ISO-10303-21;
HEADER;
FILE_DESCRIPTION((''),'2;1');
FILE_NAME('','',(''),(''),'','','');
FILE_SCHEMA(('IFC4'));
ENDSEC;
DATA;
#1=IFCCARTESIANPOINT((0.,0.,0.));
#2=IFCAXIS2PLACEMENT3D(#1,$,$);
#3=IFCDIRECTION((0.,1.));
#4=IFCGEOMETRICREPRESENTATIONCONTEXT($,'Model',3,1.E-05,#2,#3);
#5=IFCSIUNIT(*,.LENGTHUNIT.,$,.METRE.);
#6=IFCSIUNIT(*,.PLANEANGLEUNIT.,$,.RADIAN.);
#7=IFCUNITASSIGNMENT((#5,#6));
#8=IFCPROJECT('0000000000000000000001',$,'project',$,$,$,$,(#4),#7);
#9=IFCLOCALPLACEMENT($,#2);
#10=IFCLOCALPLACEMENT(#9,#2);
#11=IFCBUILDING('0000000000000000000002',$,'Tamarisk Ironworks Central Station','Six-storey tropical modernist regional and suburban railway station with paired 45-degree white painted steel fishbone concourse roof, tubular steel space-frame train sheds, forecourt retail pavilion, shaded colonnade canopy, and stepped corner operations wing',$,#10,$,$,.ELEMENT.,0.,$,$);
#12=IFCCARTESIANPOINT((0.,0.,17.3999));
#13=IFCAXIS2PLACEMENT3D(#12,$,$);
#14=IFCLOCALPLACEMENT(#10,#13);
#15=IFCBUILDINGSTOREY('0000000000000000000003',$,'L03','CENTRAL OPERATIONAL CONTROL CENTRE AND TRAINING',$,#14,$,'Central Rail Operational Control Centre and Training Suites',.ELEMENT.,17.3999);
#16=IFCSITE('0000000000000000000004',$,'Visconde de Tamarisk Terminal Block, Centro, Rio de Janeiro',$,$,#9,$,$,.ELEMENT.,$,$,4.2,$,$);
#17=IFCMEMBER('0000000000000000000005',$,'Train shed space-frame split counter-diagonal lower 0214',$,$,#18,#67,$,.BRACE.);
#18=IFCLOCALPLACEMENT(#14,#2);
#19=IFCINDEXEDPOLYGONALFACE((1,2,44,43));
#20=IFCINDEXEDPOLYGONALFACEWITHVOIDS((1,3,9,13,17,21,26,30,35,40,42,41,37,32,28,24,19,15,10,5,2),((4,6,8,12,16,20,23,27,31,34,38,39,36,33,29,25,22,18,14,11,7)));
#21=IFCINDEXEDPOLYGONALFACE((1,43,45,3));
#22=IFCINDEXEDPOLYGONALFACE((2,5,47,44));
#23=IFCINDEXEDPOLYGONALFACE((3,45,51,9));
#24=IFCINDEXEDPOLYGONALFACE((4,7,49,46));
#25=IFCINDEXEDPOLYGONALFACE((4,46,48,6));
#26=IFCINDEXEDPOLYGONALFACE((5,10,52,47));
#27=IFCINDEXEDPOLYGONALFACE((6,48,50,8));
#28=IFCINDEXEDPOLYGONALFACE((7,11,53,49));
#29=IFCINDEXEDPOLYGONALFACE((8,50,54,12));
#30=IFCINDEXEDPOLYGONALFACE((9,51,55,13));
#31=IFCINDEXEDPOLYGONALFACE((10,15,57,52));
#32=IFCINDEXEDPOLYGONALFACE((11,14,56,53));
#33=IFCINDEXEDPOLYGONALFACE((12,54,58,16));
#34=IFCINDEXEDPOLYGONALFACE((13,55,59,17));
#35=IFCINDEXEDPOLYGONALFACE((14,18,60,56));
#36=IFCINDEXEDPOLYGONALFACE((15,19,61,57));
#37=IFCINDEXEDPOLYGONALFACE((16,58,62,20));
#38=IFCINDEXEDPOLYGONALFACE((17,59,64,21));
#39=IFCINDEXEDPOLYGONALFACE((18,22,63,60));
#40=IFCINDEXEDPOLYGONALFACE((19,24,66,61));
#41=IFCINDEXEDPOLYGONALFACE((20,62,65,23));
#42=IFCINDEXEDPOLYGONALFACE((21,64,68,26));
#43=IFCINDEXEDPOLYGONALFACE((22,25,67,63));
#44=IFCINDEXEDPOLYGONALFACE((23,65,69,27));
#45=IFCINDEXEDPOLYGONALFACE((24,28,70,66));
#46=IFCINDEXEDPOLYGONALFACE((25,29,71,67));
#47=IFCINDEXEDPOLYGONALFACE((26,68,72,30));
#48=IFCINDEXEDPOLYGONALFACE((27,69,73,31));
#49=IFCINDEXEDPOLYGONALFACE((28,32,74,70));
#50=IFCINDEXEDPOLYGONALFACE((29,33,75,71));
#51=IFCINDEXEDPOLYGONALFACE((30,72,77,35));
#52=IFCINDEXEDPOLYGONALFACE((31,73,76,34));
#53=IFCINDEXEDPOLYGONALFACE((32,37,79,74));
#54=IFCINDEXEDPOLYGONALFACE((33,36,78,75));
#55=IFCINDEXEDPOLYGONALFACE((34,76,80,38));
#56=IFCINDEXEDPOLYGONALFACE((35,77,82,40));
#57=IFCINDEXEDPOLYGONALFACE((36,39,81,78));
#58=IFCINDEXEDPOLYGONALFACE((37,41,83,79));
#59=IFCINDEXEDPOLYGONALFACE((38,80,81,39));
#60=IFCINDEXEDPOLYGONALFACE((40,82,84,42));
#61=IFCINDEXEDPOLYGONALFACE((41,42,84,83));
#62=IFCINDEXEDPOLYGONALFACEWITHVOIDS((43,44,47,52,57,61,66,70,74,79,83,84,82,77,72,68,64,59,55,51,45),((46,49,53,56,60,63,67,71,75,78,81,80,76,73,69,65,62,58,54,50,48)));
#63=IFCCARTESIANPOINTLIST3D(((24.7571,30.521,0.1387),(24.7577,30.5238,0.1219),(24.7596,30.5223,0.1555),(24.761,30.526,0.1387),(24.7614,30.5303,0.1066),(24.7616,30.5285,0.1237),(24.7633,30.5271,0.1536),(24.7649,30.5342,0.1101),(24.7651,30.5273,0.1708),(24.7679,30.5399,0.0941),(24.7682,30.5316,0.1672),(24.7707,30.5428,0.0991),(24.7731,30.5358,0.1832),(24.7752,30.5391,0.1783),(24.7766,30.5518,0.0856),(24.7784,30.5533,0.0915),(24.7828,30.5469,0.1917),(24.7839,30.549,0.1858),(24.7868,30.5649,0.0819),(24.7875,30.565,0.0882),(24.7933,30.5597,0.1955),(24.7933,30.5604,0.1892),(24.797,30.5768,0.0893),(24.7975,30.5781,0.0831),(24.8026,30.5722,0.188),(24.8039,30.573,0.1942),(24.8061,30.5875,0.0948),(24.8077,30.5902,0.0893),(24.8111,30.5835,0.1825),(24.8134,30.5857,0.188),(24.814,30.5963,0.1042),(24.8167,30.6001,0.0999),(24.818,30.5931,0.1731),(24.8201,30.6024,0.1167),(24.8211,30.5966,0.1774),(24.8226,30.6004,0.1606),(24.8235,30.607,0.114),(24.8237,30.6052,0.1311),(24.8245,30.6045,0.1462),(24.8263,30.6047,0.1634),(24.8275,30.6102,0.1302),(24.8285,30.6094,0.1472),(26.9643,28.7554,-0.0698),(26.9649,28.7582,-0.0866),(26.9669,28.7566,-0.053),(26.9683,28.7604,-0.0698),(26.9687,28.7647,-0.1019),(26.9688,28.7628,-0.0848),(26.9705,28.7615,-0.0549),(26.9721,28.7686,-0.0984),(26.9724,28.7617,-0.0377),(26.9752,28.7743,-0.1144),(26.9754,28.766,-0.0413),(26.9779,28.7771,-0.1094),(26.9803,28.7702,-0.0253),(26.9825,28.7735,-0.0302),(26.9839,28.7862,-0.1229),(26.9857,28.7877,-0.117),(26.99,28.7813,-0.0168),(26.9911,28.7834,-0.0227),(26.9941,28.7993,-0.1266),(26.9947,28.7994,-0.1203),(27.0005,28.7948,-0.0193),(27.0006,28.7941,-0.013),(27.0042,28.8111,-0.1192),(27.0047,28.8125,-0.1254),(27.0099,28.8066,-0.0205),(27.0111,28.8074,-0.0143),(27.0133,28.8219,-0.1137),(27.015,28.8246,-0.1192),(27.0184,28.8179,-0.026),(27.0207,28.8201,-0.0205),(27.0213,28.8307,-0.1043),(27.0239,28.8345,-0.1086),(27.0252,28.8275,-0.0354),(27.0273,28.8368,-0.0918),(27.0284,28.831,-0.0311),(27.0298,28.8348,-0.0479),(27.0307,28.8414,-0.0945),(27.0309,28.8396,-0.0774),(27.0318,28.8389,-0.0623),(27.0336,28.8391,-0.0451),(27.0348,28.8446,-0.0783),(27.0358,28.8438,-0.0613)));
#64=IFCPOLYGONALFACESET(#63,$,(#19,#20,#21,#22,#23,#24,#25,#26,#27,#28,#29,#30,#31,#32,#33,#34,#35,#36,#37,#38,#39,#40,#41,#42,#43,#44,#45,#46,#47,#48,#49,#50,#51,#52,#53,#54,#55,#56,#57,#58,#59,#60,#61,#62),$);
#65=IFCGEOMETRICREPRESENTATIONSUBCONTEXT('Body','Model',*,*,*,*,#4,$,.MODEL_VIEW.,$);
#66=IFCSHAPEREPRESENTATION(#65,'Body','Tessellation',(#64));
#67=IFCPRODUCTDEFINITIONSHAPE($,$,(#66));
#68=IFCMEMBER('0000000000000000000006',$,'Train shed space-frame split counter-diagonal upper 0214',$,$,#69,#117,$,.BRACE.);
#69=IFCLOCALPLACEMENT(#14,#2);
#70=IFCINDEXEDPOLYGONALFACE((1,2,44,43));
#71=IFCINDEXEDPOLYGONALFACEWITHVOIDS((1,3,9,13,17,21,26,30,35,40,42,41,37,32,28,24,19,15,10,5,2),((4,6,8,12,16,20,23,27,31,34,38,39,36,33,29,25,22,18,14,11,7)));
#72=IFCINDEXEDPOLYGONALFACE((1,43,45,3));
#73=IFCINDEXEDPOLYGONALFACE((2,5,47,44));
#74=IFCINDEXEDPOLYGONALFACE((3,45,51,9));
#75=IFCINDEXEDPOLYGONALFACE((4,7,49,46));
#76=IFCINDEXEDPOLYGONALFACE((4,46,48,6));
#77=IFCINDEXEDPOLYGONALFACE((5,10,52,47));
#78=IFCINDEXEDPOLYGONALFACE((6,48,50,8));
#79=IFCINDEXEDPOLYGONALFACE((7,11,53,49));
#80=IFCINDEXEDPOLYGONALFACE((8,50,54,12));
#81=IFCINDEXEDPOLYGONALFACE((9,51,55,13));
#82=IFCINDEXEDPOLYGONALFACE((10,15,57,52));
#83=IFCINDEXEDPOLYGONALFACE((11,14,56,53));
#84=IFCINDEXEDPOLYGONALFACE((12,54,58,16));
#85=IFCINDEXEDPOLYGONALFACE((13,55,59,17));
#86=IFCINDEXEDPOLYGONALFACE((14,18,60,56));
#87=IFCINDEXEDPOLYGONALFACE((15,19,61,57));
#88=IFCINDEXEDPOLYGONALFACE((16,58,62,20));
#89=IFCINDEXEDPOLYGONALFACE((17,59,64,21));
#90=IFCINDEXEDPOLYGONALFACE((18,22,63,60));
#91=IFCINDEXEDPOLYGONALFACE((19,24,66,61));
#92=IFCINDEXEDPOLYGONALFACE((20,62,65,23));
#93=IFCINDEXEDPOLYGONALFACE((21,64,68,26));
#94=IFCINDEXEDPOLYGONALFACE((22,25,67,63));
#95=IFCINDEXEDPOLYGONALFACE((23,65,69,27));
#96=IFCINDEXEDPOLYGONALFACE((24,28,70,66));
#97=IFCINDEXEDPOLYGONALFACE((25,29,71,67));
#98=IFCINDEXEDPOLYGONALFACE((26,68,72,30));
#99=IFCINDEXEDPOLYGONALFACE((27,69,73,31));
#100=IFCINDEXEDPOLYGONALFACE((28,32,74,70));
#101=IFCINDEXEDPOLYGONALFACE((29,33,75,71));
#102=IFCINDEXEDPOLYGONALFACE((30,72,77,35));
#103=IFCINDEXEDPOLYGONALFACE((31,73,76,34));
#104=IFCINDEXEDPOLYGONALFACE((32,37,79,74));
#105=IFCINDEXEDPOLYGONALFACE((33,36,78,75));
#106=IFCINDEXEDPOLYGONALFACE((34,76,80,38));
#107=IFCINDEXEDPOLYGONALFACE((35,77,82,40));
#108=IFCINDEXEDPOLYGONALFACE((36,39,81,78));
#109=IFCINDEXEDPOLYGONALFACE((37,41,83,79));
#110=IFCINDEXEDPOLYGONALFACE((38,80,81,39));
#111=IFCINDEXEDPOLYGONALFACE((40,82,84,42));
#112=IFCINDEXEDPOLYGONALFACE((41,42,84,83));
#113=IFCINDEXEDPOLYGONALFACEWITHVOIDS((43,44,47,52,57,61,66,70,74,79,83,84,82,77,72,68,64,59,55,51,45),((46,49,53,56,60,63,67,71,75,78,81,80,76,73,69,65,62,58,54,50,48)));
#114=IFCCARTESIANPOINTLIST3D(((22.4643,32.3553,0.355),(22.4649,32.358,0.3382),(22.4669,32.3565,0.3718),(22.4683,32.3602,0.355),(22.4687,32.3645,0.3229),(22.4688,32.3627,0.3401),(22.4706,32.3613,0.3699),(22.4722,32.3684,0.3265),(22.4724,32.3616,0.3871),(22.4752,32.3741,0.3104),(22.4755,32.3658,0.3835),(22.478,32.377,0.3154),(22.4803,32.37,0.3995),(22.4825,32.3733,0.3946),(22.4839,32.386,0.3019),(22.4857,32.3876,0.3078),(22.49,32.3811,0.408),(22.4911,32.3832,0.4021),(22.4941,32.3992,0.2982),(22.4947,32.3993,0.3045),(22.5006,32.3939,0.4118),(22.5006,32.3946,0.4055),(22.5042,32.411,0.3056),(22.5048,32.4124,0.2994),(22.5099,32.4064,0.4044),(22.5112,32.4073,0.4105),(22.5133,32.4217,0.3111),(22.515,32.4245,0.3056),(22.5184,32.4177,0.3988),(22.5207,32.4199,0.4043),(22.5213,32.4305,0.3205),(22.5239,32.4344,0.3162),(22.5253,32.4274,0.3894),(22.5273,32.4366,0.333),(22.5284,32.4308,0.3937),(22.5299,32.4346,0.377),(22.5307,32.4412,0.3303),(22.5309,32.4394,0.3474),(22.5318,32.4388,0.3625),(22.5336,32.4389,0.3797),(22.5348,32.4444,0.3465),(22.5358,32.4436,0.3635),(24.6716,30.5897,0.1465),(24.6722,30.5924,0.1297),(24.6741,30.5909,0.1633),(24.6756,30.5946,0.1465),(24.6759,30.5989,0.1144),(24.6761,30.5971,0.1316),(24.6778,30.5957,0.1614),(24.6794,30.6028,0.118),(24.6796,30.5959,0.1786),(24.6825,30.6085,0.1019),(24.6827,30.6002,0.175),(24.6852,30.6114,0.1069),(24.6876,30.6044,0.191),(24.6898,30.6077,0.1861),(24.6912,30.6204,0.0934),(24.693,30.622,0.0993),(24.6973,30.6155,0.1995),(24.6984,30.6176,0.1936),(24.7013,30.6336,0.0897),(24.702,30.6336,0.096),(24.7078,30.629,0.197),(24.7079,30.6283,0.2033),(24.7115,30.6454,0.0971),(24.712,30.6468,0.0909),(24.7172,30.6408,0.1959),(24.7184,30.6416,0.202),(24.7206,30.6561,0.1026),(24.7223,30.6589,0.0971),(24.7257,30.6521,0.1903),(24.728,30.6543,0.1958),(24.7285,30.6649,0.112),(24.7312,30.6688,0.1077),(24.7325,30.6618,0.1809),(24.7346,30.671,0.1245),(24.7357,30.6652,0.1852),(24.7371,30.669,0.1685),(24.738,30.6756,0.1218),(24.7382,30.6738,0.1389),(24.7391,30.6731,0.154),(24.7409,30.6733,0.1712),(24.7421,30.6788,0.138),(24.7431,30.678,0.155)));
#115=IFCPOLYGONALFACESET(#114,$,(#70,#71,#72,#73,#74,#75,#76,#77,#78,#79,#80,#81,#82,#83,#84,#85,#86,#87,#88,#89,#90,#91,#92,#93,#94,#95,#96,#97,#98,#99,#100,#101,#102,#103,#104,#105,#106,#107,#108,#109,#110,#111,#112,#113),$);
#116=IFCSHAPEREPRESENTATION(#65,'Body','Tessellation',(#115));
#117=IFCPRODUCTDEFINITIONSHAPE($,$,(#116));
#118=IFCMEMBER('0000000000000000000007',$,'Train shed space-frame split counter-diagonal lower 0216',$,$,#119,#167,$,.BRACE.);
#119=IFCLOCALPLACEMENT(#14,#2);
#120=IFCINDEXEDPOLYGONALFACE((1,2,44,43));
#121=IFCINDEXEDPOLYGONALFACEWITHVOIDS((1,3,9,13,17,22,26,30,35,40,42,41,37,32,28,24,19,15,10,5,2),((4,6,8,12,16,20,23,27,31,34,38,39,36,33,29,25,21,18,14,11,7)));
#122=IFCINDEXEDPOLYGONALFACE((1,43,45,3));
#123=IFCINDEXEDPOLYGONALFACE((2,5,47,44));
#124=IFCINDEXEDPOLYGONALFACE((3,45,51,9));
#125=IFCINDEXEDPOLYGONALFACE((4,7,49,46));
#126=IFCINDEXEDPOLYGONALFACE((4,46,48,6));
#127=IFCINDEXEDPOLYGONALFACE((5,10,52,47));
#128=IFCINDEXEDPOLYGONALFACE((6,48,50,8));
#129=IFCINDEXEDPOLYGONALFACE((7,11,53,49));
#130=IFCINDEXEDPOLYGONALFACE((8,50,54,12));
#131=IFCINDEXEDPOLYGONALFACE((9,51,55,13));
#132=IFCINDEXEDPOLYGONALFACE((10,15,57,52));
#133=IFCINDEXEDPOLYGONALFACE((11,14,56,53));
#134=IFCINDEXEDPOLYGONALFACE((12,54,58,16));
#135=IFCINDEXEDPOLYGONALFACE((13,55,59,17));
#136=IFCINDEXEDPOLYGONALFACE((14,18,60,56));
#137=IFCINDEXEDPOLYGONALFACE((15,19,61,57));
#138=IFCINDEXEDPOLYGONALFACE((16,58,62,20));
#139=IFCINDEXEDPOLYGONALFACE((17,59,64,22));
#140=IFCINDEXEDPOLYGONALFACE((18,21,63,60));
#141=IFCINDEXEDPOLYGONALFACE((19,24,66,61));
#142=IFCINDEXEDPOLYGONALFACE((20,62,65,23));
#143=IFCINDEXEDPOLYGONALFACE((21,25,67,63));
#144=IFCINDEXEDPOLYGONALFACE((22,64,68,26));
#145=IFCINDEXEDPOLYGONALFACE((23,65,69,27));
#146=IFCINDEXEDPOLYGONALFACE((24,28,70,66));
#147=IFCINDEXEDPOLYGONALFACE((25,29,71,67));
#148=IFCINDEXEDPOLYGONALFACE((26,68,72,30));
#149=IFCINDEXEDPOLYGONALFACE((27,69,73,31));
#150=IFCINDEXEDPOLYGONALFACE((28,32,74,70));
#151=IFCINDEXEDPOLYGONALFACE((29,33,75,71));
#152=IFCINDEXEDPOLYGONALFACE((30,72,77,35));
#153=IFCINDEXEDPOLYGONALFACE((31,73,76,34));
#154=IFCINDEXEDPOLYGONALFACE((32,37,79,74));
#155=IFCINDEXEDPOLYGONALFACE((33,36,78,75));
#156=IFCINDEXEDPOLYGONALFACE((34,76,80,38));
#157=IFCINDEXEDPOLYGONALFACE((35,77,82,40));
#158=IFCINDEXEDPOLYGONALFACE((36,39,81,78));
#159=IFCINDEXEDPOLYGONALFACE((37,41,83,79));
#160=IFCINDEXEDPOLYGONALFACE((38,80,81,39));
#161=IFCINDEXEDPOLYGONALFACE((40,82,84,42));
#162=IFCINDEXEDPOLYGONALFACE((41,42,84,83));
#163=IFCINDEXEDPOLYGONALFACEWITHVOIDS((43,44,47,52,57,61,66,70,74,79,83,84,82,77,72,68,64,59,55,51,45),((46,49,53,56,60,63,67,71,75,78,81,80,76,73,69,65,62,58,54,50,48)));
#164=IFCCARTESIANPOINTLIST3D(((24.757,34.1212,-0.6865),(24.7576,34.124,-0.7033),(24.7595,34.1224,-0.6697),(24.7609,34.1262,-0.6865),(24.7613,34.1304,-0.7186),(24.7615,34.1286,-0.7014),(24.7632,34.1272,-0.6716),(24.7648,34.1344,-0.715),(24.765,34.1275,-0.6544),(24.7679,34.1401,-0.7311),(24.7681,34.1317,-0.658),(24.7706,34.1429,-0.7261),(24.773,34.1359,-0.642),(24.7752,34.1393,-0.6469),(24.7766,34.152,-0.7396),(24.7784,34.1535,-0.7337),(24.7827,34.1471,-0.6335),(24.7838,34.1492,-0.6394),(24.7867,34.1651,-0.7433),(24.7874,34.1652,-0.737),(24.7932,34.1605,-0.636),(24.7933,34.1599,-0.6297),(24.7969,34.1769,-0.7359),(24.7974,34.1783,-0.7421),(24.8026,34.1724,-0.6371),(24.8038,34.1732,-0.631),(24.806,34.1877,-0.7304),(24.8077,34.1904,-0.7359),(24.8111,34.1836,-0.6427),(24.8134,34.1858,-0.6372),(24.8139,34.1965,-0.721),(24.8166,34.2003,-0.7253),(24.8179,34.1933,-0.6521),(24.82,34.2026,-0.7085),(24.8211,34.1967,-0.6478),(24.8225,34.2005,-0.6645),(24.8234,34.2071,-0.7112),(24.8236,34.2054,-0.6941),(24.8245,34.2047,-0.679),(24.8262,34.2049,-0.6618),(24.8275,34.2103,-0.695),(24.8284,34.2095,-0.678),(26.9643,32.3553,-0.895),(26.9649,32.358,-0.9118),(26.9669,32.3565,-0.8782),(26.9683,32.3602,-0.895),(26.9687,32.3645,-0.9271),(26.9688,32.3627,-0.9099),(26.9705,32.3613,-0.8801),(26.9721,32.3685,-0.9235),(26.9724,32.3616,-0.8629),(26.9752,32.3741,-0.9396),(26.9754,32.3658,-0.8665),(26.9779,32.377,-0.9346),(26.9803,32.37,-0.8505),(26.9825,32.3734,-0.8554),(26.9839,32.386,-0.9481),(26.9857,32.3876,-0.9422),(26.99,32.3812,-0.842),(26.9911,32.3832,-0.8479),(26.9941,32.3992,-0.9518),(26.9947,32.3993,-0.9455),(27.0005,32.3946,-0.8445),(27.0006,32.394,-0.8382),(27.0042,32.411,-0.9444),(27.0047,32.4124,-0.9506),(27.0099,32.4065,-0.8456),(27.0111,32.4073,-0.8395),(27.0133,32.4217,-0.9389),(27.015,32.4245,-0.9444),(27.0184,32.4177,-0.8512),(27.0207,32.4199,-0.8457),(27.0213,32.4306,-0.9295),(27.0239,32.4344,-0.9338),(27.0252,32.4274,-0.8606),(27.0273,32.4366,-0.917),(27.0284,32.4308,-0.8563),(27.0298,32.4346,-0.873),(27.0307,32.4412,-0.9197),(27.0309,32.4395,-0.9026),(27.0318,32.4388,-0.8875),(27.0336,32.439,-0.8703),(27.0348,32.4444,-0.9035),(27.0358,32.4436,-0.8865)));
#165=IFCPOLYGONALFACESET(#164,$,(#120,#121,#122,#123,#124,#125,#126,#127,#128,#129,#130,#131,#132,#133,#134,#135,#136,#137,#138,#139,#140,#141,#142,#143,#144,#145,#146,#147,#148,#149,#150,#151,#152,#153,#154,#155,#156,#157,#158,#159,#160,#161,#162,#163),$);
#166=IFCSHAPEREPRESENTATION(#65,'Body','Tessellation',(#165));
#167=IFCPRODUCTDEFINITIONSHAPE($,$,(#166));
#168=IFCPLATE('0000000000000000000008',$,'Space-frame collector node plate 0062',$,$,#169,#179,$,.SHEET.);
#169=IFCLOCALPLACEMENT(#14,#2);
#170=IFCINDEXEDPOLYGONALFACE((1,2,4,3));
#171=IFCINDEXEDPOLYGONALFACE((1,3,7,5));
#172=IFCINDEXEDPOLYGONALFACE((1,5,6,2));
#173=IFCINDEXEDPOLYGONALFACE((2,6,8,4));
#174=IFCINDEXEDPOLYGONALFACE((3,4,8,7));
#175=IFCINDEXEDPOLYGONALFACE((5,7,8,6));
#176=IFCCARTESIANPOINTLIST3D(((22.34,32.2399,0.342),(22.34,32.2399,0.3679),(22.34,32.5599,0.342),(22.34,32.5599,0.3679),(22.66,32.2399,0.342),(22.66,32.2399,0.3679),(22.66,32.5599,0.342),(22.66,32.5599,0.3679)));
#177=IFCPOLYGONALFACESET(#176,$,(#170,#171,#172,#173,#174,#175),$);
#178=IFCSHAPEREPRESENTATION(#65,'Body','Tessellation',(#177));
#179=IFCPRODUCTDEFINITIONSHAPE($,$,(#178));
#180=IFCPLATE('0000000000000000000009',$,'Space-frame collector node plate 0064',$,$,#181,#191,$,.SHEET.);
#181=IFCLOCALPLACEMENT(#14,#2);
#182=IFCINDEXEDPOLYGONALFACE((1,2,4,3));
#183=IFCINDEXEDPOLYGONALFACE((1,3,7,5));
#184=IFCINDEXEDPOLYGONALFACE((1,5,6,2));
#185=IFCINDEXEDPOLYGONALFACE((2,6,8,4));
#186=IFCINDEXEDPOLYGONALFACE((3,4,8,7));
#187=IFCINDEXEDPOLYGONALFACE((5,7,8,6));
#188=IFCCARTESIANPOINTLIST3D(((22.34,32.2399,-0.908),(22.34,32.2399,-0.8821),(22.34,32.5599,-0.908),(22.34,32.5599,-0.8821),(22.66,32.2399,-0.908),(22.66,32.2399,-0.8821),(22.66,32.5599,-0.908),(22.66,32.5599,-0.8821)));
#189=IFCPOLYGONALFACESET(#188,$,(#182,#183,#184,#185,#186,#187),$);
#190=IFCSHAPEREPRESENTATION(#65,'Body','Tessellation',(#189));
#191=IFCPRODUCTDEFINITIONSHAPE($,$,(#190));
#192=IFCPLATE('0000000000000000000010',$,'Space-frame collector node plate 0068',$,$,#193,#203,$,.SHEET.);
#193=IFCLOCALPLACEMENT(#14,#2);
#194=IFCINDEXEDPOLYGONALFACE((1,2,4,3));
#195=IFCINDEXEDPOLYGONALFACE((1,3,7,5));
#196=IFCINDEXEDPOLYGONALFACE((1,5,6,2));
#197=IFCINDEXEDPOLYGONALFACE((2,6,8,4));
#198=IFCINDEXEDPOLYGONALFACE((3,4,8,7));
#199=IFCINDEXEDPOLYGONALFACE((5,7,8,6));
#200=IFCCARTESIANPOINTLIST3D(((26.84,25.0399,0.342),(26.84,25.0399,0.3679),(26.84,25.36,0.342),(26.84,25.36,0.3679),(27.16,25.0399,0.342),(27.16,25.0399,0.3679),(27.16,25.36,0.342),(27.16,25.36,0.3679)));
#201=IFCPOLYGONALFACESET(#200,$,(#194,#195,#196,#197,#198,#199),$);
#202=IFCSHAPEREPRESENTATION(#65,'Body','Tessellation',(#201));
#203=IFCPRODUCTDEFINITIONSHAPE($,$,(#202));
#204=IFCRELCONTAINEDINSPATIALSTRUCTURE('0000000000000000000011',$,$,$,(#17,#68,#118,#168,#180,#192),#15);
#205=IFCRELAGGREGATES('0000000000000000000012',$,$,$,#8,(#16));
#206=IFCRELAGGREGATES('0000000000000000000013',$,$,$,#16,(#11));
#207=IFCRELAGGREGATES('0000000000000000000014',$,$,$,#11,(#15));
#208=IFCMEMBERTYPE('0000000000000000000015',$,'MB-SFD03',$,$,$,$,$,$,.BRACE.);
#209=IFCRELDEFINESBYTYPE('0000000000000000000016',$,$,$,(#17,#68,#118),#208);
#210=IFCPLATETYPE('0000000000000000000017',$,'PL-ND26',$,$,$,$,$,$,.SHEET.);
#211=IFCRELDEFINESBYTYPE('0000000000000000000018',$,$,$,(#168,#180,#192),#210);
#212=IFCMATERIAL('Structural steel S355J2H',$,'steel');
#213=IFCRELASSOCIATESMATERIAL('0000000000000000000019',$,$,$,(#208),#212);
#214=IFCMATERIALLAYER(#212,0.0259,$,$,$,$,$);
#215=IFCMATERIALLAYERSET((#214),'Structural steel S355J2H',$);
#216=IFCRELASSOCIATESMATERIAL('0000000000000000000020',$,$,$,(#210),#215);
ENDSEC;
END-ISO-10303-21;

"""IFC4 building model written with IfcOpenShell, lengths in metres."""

from ifc_helpers import new_model, si_unit, direction, frame, origin, origin_2d, place, context, subcontext, project, spatial, rectangle, hollow_circle, extrude, material, layer, layer_set, material_profile, profile_set, type_object, element, save


model = new_model("IFC4")

# Units and contexts
model_context = context("Model", 3, precision=1e-05, world=origin(), true_north=direction((0.0, 1.0)))
body_context = subcontext(model_context, "Body", "Model", "MODEL_VIEW")
ifc_project = project(units=[si_unit("LENGTHUNIT", "METRE"), si_unit("PLANEANGLEUNIT", "RADIAN")], contexts=[model_context])

# Site, building, storey
site_placement = place(None, origin())
site = spatial("IfcSite", under=ifc_project, at=site_placement, Name="Visconde de Tamarisk Terminal Block, Centro, Rio de Janeiro", CompositionType="ELEMENT", RefElevation=4.2)
building_placement = place(site_placement, origin())
building = spatial("IfcBuilding", under=site, at=building_placement, Name="Tamarisk Ironworks Central Station", Description="Six-storey tropical modernist regional and suburban railway station with paired 45-degree white painted steel fishbone concourse roof, tubular steel space-frame train sheds, forecourt retail pavilion, shaded colonnade canopy, and stepped corner operations wing", CompositionType="ELEMENT", ElevationOfRefHeight=0.0)
storey_placement = place(building_placement, frame((0.0, 0.0, 17.3999)))
storey = spatial("IfcBuildingStorey", under=building, at=storey_placement, Name="L03", Description="CENTRAL OPERATIONAL CONTROL CENTRE AND TRAINING", LongName="Central Rail Operational Control Centre and Training Suites", CompositionType="ELEMENT", Elevation=17.3999)

# Members
ifc_material = material(Name="Structural steel S355J2H", Category="steel")
ifc_material_profile_1 = material_profile(ifc_material, hollow_circle(Radius=0.0571, WallThickness=0.0063, at=origin_2d()), Name="CHS 114.3x6.3")
ifc_profile_set_1 = profile_set([ifc_material_profile_1], Name="Structural steel S355J2H")
member_type_1 = type_object("IfcMemberType", Name="MB-SFD03", PredefinedType="BRACE", material=ifc_profile_set_1)
for number, where, z_axis, x_axis, name in (
    (1, (27.0, 28.8, -0.0698), (-0.778787, 0.62296, 0.073563), (-0.624653, -0.780903, 0.0), "Train shed space-frame split counter-diagonal lower 0214"),
    (2, (24.7073, 30.6343, 0.1465), (-0.778787, 0.62296, 0.073563), (-0.624653, -0.780903, 0.0), "Train shed space-frame split counter-diagonal upper 0214"),
):
    element("IfcMember", number, at=place(storey_placement, frame(where, z_axis=z_axis, x_axis=x_axis)), inside=storey, type_object=member_type_1, Name=name, PredefinedType="BRACE", context=body_context, shape_type="SweptSolid", body=[
        extrude(hollow_circle(Radius=0.0571, WallThickness=0.0063, at=origin_2d()), origin(), (0.0, 0.0, 1.0), 2.8342),
    ])
member_1_placement = place(storey_placement, frame((27.0, 32.3999, -0.895), z_axis=(-0.778745, 0.623013, 0.073559), x_axis=(-0.624706, -0.78086, 0.0)))
element("IfcMember", 3, at=member_1_placement, inside=storey, type_object=member_type_1, Name="Train shed space-frame split counter-diagonal lower 0216", PredefinedType="BRACE", context=body_context, shape_type="SweptSolid", body=[
    extrude(hollow_circle(Radius=0.0571, WallThickness=0.0063, at=origin_2d()), origin(), (0.0, 0.0, 1.0), 2.8345),
])

# Plates
ifc_layer = layer(ifc_material, 0.0259)
ifc_layer_set = layer_set([ifc_layer], Name="Structural steel S355J2H")
plate_type = type_object("IfcPlateType", Name="PL-ND26", PredefinedType="SHEET", material=ifc_layer_set)
for number, where, z_axis, x_axis, name in (
    (4, (22.5, 32.3999, 0.342), (0.0, 0.0, 1.0), (1.0, 0.0, 0.0), "Space-frame collector node plate 0062"),
    (5, (22.5, 32.3999, -0.908), (0.0, 0.0, 1.0), (1.0, 0.0, 0.0), "Space-frame collector node plate 0064"),
    (6, (27.0, 25.2, 0.342), (0.0, 0.0, 1.0), (1.0, 0.0, 0.0), "Space-frame collector node plate 0068"),
):
    element("IfcPlate", number, at=place(storey_placement, frame(where, z_axis=z_axis, x_axis=x_axis)), inside=storey, type_object=plate_type, Name=name, PredefinedType="SHEET", context=body_context, shape_type="SweptSolid", body=[
        extrude(rectangle(XDim=0.3201, YDim=0.3201, at=origin_2d()), origin(), (0.0, 0.0, 1.0), 0.0259),
    ])

save(model, "model.ifc")
